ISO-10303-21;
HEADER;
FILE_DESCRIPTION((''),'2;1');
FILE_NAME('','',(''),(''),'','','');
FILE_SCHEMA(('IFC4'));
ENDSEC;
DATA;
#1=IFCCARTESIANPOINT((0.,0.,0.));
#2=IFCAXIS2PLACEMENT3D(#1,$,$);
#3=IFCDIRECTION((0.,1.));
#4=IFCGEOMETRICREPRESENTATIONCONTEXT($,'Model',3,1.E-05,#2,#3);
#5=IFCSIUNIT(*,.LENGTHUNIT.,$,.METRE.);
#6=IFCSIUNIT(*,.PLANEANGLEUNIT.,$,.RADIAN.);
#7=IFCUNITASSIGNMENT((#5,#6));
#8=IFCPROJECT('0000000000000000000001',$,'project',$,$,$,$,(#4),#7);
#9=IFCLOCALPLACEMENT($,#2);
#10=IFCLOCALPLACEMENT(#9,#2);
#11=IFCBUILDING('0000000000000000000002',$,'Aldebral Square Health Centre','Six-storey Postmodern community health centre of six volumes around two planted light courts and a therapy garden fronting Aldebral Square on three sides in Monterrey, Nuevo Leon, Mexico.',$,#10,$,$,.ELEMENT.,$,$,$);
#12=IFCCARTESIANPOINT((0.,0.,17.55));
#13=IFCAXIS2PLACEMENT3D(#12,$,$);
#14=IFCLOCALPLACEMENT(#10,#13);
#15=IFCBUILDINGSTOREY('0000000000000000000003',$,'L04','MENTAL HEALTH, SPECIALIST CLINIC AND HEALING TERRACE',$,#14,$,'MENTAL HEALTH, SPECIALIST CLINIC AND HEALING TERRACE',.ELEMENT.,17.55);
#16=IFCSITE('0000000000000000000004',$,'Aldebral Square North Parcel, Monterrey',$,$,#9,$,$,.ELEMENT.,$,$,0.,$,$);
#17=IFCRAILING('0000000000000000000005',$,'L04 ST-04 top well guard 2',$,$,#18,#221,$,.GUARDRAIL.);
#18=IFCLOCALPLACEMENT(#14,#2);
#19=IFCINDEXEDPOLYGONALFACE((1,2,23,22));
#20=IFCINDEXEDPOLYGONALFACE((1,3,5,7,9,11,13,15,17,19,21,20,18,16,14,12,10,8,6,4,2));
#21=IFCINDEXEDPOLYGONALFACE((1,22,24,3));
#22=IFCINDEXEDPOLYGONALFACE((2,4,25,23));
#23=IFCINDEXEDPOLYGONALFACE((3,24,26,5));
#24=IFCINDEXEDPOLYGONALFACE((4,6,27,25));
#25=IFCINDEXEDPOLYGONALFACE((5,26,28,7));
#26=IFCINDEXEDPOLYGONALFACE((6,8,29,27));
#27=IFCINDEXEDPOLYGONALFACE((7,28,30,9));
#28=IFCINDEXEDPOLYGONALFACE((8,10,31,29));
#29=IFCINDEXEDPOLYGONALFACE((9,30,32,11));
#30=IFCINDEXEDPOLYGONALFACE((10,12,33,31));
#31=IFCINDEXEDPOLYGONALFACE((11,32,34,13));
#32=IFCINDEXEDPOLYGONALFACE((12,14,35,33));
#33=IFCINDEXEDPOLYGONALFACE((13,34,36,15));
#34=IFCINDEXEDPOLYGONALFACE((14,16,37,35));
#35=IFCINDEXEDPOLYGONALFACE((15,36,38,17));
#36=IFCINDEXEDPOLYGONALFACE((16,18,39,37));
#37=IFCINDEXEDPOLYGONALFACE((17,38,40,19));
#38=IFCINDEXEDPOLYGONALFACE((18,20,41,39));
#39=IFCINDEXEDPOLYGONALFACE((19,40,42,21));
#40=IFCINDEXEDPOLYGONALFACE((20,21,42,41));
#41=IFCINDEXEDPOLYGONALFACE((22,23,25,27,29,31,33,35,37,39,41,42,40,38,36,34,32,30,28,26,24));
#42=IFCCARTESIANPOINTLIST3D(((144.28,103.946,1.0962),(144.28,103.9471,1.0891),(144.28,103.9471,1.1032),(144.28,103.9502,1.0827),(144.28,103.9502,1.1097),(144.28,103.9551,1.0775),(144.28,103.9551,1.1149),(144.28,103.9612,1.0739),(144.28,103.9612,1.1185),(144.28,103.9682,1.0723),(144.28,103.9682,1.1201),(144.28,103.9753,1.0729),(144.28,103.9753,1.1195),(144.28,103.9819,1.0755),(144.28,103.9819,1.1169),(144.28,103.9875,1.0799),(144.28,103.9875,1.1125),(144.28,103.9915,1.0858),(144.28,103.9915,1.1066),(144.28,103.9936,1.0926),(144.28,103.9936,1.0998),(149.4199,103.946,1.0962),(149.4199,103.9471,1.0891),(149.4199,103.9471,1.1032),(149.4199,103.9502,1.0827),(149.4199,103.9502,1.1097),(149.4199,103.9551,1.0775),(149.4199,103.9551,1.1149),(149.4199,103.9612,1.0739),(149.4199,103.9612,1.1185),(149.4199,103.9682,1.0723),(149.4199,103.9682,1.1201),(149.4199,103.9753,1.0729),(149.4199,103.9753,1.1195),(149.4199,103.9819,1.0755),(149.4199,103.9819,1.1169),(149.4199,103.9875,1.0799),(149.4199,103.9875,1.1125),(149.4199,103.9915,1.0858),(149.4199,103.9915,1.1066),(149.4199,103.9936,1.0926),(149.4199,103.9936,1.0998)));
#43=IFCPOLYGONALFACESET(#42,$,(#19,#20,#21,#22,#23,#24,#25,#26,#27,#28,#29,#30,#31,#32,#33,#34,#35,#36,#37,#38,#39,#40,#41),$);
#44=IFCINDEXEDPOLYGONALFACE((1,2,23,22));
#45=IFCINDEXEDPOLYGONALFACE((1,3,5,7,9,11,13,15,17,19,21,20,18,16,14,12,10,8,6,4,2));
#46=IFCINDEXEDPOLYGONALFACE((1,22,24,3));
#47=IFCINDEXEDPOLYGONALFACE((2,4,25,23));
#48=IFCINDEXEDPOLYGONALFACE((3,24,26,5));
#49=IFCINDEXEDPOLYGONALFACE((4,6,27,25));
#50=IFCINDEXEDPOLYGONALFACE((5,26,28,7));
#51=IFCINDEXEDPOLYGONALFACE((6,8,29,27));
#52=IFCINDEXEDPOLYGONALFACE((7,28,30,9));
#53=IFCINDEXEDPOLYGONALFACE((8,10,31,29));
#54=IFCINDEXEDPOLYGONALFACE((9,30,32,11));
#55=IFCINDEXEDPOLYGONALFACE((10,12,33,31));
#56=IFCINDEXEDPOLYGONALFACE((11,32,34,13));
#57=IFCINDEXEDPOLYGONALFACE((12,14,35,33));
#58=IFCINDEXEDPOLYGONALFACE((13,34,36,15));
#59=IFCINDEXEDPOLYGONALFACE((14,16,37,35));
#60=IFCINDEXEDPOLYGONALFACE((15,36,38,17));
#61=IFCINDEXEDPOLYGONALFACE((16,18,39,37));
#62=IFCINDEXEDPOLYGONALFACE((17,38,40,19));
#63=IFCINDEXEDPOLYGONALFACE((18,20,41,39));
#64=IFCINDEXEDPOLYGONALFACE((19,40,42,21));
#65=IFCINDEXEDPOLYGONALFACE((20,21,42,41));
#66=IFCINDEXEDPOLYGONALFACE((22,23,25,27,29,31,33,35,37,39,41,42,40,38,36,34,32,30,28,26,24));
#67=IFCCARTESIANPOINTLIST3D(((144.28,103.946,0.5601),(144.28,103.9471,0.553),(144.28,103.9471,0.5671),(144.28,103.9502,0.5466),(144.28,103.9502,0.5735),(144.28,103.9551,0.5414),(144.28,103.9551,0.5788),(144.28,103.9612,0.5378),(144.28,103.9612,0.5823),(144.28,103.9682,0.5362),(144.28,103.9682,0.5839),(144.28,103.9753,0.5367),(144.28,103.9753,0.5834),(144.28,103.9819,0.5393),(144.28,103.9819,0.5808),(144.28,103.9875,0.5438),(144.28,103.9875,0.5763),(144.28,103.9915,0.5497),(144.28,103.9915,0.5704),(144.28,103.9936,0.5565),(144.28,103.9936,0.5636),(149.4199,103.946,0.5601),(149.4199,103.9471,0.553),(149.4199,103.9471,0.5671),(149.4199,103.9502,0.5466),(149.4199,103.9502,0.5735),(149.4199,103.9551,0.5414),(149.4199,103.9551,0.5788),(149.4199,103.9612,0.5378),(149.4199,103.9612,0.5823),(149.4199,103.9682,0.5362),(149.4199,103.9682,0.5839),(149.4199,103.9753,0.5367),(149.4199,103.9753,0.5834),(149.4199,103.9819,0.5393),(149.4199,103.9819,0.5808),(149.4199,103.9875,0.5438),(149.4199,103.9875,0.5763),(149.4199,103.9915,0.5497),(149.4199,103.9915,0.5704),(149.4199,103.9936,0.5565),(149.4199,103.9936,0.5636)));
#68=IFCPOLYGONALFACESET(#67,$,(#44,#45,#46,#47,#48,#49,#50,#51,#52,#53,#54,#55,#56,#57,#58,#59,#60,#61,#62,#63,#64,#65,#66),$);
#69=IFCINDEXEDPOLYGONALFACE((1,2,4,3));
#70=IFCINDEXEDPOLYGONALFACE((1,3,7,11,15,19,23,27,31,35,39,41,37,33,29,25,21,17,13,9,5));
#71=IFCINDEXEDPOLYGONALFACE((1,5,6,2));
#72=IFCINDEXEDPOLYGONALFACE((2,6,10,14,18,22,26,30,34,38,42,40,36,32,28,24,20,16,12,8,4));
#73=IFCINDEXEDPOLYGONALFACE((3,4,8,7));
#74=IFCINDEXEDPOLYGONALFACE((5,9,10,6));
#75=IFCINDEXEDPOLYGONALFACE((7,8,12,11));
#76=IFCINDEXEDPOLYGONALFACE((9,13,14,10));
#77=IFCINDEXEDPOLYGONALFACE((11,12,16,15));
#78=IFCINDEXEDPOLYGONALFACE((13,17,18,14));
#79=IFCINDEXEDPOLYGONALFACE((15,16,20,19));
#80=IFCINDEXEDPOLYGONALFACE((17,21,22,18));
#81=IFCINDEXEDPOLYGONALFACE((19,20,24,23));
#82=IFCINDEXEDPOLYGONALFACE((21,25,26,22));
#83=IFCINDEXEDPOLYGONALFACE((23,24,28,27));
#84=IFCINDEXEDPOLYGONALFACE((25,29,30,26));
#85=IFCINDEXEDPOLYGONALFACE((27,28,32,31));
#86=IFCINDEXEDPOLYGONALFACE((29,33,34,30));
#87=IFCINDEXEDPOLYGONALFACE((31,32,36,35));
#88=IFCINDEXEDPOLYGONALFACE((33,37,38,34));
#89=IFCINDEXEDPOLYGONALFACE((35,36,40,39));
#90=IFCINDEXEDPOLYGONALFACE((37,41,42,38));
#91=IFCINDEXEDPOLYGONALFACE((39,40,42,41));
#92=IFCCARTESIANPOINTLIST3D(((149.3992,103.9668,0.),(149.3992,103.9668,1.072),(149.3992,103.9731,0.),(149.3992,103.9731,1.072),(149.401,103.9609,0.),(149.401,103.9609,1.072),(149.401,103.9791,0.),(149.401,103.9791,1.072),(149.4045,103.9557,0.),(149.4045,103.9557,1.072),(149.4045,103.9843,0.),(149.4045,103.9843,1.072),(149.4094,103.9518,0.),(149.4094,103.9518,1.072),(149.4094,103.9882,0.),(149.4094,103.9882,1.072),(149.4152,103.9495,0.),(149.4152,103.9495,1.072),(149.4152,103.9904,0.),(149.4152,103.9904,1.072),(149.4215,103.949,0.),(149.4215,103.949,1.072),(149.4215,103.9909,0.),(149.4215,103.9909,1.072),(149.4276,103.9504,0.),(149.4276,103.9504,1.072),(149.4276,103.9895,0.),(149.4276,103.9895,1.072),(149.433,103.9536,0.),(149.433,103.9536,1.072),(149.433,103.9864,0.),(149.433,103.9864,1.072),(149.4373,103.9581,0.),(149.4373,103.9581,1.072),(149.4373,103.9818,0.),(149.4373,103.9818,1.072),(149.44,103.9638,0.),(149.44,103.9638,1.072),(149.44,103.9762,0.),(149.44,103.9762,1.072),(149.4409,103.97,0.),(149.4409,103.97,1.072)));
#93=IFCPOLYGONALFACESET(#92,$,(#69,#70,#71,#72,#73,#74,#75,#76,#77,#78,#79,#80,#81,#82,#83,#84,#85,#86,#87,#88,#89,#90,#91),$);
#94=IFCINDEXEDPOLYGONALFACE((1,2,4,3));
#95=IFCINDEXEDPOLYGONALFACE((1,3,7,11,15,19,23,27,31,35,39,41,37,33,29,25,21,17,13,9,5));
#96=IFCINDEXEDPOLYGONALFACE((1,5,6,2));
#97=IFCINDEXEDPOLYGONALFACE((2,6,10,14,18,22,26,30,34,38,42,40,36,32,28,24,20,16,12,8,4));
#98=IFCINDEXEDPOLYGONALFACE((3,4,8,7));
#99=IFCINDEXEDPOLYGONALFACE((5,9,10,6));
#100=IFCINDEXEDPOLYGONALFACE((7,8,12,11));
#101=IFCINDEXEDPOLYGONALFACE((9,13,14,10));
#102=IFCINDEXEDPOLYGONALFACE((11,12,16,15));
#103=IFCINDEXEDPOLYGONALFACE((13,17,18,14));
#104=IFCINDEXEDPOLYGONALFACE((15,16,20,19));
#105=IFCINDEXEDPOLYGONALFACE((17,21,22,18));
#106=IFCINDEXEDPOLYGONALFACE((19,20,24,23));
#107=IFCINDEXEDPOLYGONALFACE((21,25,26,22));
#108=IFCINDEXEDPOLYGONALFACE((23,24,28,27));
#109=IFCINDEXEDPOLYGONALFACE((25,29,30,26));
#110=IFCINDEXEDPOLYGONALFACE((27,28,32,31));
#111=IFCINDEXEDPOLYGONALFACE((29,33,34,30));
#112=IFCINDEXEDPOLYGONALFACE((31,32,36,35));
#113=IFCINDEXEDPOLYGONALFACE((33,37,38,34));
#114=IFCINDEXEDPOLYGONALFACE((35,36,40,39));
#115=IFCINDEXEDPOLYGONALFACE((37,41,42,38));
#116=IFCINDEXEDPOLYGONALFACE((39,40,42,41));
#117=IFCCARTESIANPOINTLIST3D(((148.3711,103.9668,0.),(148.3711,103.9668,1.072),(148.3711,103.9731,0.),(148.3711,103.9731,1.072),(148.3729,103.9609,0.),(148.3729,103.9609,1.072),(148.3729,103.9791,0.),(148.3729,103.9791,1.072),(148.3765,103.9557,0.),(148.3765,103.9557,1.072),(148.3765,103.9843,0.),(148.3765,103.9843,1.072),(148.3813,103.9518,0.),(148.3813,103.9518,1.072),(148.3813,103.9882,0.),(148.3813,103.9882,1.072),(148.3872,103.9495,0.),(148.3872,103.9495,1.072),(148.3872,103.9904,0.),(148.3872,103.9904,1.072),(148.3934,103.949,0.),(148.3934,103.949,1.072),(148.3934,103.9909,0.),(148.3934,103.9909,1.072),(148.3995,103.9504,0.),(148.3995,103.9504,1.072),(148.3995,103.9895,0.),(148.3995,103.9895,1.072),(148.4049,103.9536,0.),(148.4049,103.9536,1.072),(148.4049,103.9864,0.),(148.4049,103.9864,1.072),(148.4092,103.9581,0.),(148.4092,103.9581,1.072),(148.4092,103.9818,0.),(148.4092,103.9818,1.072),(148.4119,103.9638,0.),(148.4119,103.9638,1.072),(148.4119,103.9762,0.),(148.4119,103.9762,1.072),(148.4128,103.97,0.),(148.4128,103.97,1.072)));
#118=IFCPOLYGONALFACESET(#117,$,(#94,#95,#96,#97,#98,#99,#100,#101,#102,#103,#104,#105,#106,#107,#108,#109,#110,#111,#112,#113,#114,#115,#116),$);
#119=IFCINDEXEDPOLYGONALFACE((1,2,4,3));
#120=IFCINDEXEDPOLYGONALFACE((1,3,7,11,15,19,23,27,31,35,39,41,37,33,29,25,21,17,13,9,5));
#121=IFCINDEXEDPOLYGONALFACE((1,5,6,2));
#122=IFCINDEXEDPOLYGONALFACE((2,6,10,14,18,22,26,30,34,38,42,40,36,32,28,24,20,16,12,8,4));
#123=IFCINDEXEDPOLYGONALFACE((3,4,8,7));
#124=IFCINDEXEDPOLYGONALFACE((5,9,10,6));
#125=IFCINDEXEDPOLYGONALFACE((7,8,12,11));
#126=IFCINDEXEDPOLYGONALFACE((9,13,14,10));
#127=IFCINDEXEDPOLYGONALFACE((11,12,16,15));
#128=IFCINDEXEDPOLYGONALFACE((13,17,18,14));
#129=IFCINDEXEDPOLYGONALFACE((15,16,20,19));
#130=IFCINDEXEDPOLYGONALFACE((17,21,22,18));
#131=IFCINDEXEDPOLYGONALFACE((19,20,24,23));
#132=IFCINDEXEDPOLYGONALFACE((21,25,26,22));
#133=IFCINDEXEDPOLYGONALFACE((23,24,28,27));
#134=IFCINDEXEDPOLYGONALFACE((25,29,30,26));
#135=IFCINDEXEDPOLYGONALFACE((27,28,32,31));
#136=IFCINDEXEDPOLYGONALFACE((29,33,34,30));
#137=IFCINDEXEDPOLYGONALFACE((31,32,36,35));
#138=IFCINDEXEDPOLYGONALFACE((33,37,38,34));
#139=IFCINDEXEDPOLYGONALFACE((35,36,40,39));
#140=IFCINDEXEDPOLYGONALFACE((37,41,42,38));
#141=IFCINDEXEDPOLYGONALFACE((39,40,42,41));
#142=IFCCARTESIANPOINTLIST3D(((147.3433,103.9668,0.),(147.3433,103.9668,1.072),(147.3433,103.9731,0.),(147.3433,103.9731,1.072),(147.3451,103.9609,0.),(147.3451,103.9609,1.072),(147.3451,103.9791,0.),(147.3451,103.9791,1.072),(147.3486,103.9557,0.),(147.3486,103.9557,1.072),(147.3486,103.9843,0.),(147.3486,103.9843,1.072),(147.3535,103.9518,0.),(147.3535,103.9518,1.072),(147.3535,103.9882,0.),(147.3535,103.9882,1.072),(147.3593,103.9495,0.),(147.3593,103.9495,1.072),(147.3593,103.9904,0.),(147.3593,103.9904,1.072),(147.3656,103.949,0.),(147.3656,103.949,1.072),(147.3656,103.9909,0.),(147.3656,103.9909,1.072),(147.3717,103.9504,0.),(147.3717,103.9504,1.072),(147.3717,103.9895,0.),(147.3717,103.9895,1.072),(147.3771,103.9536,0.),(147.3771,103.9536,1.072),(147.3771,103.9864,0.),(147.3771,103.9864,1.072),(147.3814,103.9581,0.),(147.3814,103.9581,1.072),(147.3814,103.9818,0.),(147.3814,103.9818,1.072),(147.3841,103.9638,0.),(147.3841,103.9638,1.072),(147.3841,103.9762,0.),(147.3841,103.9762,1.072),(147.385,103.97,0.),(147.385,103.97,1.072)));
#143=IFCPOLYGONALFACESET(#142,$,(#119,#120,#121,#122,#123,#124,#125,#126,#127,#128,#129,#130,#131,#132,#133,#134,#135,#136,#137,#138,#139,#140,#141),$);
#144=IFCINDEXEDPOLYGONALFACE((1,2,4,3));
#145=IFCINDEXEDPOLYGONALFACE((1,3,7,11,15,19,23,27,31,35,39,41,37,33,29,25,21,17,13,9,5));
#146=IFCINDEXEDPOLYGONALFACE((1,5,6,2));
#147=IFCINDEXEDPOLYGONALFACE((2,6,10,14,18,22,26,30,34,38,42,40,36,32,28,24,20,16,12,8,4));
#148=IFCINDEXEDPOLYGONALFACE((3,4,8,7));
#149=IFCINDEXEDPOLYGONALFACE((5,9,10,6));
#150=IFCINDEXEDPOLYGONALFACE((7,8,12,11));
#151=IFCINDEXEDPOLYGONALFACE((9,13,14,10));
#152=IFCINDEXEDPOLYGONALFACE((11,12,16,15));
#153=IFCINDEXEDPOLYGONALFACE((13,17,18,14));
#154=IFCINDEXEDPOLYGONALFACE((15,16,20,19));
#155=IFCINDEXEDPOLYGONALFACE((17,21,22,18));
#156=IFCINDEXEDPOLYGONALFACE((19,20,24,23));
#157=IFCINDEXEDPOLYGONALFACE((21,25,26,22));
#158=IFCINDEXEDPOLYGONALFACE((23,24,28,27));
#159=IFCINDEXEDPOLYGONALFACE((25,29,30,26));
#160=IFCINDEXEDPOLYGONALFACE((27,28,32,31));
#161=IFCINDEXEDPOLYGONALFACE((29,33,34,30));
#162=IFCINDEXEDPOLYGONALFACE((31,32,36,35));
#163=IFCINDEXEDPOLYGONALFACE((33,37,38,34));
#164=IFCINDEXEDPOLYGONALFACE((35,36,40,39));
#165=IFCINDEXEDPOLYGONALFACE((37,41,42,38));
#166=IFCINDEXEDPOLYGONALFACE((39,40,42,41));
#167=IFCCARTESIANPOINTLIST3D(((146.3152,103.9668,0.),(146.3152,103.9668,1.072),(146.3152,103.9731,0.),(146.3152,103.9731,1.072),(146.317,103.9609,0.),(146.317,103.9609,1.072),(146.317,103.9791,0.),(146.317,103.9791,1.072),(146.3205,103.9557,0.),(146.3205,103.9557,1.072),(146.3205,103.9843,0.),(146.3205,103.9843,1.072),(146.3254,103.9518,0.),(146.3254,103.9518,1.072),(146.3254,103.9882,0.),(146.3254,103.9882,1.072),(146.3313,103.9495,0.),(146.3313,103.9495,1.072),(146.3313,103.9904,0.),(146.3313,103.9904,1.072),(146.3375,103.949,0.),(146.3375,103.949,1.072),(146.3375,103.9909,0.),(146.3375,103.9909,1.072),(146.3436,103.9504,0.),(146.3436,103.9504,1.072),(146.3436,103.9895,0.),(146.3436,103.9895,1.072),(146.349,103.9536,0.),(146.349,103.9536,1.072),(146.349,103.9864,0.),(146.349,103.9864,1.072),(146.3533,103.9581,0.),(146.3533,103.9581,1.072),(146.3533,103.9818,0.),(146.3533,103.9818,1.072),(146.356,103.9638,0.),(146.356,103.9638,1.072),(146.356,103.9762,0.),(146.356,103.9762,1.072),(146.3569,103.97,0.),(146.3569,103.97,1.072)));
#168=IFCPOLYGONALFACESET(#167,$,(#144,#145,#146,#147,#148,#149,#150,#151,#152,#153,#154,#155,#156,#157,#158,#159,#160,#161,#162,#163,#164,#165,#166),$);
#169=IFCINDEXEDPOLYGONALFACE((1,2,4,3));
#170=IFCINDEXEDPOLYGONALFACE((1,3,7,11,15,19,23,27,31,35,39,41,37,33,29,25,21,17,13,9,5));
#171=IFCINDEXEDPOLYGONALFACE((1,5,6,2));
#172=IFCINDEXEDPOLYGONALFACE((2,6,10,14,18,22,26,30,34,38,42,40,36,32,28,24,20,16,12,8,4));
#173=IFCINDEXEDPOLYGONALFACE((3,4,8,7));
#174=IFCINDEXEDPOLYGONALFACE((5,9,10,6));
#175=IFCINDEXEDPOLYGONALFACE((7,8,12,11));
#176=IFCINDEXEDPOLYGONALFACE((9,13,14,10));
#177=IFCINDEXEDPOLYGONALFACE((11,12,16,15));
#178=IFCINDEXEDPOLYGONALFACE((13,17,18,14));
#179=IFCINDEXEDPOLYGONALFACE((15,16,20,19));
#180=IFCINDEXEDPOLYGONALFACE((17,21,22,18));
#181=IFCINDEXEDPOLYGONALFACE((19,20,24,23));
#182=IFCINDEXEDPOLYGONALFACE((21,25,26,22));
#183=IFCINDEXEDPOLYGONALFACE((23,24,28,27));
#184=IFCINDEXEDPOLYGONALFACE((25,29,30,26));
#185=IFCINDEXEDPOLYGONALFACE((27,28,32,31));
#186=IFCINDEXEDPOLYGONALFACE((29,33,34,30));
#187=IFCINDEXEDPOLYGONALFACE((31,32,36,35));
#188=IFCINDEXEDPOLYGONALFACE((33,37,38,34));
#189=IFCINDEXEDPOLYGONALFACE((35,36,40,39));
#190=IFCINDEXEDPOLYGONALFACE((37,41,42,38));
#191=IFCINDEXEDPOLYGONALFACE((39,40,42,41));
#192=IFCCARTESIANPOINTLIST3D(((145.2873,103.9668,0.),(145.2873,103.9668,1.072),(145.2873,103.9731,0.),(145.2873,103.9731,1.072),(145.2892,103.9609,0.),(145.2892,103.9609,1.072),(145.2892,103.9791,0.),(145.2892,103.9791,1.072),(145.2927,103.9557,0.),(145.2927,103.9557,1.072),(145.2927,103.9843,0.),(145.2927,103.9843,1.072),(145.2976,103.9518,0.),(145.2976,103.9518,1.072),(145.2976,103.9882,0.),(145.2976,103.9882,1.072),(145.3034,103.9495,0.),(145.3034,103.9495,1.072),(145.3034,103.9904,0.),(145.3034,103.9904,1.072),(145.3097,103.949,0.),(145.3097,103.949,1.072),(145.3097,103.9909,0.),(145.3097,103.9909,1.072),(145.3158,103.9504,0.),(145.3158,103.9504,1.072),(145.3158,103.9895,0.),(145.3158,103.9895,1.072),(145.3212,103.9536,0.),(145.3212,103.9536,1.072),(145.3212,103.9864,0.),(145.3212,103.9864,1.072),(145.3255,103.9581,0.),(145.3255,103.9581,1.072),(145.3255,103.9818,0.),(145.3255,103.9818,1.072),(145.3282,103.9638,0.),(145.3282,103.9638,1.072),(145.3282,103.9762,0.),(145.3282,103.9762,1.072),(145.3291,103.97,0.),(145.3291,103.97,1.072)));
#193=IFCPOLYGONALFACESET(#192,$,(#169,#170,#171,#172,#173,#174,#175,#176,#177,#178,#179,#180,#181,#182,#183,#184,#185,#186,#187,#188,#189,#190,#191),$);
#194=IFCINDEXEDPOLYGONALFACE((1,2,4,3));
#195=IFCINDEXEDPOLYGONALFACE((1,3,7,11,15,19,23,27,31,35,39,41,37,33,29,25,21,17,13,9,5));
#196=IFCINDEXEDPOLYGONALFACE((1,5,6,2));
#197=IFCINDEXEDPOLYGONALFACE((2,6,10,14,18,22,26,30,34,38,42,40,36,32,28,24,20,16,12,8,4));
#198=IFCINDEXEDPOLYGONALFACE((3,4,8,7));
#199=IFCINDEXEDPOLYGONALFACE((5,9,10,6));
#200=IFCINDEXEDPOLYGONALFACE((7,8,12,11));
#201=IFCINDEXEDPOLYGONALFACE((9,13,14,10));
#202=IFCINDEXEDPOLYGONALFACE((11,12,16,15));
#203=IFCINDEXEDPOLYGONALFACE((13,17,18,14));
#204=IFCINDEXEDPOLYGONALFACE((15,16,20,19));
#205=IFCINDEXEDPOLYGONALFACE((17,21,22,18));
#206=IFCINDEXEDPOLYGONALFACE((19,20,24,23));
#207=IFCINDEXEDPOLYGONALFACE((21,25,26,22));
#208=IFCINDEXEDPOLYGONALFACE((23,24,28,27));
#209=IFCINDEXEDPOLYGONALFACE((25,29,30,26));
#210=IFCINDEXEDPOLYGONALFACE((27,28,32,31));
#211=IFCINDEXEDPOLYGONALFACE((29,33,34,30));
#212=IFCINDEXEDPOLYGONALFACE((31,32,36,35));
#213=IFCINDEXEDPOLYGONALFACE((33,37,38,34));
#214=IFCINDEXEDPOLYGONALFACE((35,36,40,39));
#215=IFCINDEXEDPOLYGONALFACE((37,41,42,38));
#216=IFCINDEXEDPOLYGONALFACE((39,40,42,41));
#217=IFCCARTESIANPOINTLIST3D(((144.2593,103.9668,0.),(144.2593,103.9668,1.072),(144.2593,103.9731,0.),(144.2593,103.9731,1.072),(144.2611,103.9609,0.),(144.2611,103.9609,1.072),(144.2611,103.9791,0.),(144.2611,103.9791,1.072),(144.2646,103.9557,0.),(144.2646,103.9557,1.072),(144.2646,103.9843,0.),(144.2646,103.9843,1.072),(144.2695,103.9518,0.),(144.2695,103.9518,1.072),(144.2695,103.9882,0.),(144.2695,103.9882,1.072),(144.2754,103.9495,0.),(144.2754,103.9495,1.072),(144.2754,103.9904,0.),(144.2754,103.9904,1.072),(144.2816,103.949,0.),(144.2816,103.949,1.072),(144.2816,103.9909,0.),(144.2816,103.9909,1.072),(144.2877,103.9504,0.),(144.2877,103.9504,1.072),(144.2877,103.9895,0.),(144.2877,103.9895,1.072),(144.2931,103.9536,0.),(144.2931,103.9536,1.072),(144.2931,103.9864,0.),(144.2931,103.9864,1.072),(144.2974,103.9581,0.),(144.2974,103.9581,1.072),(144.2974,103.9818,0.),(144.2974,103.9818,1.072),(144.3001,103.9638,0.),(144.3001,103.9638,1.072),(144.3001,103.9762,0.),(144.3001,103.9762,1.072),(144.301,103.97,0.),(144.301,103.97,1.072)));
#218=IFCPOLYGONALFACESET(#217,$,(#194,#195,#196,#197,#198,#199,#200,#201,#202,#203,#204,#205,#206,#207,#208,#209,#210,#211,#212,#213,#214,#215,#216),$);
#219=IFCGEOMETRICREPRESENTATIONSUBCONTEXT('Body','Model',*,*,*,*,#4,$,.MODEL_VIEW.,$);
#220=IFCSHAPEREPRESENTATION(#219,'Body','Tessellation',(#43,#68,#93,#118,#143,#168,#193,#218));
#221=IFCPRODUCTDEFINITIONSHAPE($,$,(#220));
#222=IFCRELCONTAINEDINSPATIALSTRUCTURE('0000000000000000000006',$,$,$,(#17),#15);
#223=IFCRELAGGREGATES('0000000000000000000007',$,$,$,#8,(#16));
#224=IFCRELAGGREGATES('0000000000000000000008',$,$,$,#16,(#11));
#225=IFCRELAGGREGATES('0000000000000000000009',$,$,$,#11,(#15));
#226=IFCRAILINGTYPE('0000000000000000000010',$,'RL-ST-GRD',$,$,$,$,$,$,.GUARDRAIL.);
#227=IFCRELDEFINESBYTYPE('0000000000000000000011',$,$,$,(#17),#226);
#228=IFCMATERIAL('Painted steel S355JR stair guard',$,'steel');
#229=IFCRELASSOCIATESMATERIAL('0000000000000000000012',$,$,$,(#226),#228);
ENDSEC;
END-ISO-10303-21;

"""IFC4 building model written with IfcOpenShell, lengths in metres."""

from ifc_helpers import new_model, si_unit, direction, frame, origin, origin_2d, place, context, subcontext, project, spatial, circle, extrude, material, type_object, element, save


model = new_model("IFC4")

# Units and contexts
model_context = context("Model", 3, precision=1e-05, world=origin(), true_north=direction((0.0, 1.0)))
body_context = subcontext(model_context, "Body", "Model", "MODEL_VIEW")
ifc_project = project(units=[si_unit("LENGTHUNIT", "METRE"), si_unit("PLANEANGLEUNIT", "RADIAN")], contexts=[model_context])

# Site, building, storey
site_placement = place(None, origin())
site = spatial("IfcSite", under=ifc_project, at=site_placement, Name="Aldebral Square North Parcel, Monterrey", CompositionType="ELEMENT", RefElevation=0.0)
building_placement = place(site_placement, origin())
building = spatial("IfcBuilding", under=site, at=building_placement, Name="Aldebral Square Health Centre", Description="Six-storey Postmodern community health centre of six volumes around two planted light courts and a therapy garden fronting Aldebral Square on three sides in Monterrey, Nuevo Leon, Mexico.", CompositionType="ELEMENT")
storey_placement = place(building_placement, frame((0.0, 0.0, 17.55)))
storey = spatial("IfcBuildingStorey", under=building, at=storey_placement, Name="L04", Description="MENTAL HEALTH, SPECIALIST CLINIC AND HEALING TERRACE", LongName="MENTAL HEALTH, SPECIALIST CLINIC AND HEALING TERRACE", CompositionType="ELEMENT", Elevation=17.55)

# Railing
ifc_material_1 = material(Name="Painted steel S355JR stair guard", Category="steel")
railing_type = type_object("IfcRailingType", Name="RL-ST-GRD", PredefinedType="GUARDRAIL", material=ifc_material_1)
railing_1_placement = place(storey_placement, frame((149.4199, 103.97, 0.0)))
element("IfcRailing", 1, at=railing_1_placement, inside=storey, type_object=railing_type, Name="L04 ST-04 top well guard 2", PredefinedType="GUARDRAIL", context=body_context, shape_type="SweptSolid", body=[
    extrude(circle(Radius=0.0239, at=origin_2d()), frame((0.0, 0.0, 1.0962), z_axis=(-1.0, 0.0, 0.0), x_axis=(0.0, -1.0, 0.0)), (0.0, 0.0, 1.0), 5.1399),
    extrude(circle(Radius=0.0239, at=origin_2d()), frame((0.0, 0.0, 0.5601), z_axis=(-1.0, 0.0, 0.0), x_axis=(0.0, -1.0, 0.0)), (0.0, 0.0, 1.0), 5.1399),
    extrude(circle(Radius=0.021, at=origin_2d()), origin(), (0.0, 0.0, 1.0), 1.072),
    extrude(circle(Radius=0.021, at=origin_2d()), frame((-1.0281, 0.0, 0.0)), (0.0, 0.0, 1.0), 1.072),
    extrude(circle(Radius=0.021, at=origin_2d()), frame((-2.0559, 0.0, 0.0)), (0.0, 0.0, 1.0), 1.072),
    extrude(circle(Radius=0.021, at=origin_2d()), frame((-3.084, 0.0, 0.0)), (0.0, 0.0, 1.0), 1.072),
    extrude(circle(Radius=0.021, at=origin_2d()), frame((-4.1118, 0.0, 0.0)), (0.0, 0.0, 1.0), 1.072),
    extrude(circle(Radius=0.021, at=origin_2d()), frame((-5.1399, 0.0, 0.0)), (0.0, 0.0, 1.0), 1.072),
])

save(model, "model.ifc")
